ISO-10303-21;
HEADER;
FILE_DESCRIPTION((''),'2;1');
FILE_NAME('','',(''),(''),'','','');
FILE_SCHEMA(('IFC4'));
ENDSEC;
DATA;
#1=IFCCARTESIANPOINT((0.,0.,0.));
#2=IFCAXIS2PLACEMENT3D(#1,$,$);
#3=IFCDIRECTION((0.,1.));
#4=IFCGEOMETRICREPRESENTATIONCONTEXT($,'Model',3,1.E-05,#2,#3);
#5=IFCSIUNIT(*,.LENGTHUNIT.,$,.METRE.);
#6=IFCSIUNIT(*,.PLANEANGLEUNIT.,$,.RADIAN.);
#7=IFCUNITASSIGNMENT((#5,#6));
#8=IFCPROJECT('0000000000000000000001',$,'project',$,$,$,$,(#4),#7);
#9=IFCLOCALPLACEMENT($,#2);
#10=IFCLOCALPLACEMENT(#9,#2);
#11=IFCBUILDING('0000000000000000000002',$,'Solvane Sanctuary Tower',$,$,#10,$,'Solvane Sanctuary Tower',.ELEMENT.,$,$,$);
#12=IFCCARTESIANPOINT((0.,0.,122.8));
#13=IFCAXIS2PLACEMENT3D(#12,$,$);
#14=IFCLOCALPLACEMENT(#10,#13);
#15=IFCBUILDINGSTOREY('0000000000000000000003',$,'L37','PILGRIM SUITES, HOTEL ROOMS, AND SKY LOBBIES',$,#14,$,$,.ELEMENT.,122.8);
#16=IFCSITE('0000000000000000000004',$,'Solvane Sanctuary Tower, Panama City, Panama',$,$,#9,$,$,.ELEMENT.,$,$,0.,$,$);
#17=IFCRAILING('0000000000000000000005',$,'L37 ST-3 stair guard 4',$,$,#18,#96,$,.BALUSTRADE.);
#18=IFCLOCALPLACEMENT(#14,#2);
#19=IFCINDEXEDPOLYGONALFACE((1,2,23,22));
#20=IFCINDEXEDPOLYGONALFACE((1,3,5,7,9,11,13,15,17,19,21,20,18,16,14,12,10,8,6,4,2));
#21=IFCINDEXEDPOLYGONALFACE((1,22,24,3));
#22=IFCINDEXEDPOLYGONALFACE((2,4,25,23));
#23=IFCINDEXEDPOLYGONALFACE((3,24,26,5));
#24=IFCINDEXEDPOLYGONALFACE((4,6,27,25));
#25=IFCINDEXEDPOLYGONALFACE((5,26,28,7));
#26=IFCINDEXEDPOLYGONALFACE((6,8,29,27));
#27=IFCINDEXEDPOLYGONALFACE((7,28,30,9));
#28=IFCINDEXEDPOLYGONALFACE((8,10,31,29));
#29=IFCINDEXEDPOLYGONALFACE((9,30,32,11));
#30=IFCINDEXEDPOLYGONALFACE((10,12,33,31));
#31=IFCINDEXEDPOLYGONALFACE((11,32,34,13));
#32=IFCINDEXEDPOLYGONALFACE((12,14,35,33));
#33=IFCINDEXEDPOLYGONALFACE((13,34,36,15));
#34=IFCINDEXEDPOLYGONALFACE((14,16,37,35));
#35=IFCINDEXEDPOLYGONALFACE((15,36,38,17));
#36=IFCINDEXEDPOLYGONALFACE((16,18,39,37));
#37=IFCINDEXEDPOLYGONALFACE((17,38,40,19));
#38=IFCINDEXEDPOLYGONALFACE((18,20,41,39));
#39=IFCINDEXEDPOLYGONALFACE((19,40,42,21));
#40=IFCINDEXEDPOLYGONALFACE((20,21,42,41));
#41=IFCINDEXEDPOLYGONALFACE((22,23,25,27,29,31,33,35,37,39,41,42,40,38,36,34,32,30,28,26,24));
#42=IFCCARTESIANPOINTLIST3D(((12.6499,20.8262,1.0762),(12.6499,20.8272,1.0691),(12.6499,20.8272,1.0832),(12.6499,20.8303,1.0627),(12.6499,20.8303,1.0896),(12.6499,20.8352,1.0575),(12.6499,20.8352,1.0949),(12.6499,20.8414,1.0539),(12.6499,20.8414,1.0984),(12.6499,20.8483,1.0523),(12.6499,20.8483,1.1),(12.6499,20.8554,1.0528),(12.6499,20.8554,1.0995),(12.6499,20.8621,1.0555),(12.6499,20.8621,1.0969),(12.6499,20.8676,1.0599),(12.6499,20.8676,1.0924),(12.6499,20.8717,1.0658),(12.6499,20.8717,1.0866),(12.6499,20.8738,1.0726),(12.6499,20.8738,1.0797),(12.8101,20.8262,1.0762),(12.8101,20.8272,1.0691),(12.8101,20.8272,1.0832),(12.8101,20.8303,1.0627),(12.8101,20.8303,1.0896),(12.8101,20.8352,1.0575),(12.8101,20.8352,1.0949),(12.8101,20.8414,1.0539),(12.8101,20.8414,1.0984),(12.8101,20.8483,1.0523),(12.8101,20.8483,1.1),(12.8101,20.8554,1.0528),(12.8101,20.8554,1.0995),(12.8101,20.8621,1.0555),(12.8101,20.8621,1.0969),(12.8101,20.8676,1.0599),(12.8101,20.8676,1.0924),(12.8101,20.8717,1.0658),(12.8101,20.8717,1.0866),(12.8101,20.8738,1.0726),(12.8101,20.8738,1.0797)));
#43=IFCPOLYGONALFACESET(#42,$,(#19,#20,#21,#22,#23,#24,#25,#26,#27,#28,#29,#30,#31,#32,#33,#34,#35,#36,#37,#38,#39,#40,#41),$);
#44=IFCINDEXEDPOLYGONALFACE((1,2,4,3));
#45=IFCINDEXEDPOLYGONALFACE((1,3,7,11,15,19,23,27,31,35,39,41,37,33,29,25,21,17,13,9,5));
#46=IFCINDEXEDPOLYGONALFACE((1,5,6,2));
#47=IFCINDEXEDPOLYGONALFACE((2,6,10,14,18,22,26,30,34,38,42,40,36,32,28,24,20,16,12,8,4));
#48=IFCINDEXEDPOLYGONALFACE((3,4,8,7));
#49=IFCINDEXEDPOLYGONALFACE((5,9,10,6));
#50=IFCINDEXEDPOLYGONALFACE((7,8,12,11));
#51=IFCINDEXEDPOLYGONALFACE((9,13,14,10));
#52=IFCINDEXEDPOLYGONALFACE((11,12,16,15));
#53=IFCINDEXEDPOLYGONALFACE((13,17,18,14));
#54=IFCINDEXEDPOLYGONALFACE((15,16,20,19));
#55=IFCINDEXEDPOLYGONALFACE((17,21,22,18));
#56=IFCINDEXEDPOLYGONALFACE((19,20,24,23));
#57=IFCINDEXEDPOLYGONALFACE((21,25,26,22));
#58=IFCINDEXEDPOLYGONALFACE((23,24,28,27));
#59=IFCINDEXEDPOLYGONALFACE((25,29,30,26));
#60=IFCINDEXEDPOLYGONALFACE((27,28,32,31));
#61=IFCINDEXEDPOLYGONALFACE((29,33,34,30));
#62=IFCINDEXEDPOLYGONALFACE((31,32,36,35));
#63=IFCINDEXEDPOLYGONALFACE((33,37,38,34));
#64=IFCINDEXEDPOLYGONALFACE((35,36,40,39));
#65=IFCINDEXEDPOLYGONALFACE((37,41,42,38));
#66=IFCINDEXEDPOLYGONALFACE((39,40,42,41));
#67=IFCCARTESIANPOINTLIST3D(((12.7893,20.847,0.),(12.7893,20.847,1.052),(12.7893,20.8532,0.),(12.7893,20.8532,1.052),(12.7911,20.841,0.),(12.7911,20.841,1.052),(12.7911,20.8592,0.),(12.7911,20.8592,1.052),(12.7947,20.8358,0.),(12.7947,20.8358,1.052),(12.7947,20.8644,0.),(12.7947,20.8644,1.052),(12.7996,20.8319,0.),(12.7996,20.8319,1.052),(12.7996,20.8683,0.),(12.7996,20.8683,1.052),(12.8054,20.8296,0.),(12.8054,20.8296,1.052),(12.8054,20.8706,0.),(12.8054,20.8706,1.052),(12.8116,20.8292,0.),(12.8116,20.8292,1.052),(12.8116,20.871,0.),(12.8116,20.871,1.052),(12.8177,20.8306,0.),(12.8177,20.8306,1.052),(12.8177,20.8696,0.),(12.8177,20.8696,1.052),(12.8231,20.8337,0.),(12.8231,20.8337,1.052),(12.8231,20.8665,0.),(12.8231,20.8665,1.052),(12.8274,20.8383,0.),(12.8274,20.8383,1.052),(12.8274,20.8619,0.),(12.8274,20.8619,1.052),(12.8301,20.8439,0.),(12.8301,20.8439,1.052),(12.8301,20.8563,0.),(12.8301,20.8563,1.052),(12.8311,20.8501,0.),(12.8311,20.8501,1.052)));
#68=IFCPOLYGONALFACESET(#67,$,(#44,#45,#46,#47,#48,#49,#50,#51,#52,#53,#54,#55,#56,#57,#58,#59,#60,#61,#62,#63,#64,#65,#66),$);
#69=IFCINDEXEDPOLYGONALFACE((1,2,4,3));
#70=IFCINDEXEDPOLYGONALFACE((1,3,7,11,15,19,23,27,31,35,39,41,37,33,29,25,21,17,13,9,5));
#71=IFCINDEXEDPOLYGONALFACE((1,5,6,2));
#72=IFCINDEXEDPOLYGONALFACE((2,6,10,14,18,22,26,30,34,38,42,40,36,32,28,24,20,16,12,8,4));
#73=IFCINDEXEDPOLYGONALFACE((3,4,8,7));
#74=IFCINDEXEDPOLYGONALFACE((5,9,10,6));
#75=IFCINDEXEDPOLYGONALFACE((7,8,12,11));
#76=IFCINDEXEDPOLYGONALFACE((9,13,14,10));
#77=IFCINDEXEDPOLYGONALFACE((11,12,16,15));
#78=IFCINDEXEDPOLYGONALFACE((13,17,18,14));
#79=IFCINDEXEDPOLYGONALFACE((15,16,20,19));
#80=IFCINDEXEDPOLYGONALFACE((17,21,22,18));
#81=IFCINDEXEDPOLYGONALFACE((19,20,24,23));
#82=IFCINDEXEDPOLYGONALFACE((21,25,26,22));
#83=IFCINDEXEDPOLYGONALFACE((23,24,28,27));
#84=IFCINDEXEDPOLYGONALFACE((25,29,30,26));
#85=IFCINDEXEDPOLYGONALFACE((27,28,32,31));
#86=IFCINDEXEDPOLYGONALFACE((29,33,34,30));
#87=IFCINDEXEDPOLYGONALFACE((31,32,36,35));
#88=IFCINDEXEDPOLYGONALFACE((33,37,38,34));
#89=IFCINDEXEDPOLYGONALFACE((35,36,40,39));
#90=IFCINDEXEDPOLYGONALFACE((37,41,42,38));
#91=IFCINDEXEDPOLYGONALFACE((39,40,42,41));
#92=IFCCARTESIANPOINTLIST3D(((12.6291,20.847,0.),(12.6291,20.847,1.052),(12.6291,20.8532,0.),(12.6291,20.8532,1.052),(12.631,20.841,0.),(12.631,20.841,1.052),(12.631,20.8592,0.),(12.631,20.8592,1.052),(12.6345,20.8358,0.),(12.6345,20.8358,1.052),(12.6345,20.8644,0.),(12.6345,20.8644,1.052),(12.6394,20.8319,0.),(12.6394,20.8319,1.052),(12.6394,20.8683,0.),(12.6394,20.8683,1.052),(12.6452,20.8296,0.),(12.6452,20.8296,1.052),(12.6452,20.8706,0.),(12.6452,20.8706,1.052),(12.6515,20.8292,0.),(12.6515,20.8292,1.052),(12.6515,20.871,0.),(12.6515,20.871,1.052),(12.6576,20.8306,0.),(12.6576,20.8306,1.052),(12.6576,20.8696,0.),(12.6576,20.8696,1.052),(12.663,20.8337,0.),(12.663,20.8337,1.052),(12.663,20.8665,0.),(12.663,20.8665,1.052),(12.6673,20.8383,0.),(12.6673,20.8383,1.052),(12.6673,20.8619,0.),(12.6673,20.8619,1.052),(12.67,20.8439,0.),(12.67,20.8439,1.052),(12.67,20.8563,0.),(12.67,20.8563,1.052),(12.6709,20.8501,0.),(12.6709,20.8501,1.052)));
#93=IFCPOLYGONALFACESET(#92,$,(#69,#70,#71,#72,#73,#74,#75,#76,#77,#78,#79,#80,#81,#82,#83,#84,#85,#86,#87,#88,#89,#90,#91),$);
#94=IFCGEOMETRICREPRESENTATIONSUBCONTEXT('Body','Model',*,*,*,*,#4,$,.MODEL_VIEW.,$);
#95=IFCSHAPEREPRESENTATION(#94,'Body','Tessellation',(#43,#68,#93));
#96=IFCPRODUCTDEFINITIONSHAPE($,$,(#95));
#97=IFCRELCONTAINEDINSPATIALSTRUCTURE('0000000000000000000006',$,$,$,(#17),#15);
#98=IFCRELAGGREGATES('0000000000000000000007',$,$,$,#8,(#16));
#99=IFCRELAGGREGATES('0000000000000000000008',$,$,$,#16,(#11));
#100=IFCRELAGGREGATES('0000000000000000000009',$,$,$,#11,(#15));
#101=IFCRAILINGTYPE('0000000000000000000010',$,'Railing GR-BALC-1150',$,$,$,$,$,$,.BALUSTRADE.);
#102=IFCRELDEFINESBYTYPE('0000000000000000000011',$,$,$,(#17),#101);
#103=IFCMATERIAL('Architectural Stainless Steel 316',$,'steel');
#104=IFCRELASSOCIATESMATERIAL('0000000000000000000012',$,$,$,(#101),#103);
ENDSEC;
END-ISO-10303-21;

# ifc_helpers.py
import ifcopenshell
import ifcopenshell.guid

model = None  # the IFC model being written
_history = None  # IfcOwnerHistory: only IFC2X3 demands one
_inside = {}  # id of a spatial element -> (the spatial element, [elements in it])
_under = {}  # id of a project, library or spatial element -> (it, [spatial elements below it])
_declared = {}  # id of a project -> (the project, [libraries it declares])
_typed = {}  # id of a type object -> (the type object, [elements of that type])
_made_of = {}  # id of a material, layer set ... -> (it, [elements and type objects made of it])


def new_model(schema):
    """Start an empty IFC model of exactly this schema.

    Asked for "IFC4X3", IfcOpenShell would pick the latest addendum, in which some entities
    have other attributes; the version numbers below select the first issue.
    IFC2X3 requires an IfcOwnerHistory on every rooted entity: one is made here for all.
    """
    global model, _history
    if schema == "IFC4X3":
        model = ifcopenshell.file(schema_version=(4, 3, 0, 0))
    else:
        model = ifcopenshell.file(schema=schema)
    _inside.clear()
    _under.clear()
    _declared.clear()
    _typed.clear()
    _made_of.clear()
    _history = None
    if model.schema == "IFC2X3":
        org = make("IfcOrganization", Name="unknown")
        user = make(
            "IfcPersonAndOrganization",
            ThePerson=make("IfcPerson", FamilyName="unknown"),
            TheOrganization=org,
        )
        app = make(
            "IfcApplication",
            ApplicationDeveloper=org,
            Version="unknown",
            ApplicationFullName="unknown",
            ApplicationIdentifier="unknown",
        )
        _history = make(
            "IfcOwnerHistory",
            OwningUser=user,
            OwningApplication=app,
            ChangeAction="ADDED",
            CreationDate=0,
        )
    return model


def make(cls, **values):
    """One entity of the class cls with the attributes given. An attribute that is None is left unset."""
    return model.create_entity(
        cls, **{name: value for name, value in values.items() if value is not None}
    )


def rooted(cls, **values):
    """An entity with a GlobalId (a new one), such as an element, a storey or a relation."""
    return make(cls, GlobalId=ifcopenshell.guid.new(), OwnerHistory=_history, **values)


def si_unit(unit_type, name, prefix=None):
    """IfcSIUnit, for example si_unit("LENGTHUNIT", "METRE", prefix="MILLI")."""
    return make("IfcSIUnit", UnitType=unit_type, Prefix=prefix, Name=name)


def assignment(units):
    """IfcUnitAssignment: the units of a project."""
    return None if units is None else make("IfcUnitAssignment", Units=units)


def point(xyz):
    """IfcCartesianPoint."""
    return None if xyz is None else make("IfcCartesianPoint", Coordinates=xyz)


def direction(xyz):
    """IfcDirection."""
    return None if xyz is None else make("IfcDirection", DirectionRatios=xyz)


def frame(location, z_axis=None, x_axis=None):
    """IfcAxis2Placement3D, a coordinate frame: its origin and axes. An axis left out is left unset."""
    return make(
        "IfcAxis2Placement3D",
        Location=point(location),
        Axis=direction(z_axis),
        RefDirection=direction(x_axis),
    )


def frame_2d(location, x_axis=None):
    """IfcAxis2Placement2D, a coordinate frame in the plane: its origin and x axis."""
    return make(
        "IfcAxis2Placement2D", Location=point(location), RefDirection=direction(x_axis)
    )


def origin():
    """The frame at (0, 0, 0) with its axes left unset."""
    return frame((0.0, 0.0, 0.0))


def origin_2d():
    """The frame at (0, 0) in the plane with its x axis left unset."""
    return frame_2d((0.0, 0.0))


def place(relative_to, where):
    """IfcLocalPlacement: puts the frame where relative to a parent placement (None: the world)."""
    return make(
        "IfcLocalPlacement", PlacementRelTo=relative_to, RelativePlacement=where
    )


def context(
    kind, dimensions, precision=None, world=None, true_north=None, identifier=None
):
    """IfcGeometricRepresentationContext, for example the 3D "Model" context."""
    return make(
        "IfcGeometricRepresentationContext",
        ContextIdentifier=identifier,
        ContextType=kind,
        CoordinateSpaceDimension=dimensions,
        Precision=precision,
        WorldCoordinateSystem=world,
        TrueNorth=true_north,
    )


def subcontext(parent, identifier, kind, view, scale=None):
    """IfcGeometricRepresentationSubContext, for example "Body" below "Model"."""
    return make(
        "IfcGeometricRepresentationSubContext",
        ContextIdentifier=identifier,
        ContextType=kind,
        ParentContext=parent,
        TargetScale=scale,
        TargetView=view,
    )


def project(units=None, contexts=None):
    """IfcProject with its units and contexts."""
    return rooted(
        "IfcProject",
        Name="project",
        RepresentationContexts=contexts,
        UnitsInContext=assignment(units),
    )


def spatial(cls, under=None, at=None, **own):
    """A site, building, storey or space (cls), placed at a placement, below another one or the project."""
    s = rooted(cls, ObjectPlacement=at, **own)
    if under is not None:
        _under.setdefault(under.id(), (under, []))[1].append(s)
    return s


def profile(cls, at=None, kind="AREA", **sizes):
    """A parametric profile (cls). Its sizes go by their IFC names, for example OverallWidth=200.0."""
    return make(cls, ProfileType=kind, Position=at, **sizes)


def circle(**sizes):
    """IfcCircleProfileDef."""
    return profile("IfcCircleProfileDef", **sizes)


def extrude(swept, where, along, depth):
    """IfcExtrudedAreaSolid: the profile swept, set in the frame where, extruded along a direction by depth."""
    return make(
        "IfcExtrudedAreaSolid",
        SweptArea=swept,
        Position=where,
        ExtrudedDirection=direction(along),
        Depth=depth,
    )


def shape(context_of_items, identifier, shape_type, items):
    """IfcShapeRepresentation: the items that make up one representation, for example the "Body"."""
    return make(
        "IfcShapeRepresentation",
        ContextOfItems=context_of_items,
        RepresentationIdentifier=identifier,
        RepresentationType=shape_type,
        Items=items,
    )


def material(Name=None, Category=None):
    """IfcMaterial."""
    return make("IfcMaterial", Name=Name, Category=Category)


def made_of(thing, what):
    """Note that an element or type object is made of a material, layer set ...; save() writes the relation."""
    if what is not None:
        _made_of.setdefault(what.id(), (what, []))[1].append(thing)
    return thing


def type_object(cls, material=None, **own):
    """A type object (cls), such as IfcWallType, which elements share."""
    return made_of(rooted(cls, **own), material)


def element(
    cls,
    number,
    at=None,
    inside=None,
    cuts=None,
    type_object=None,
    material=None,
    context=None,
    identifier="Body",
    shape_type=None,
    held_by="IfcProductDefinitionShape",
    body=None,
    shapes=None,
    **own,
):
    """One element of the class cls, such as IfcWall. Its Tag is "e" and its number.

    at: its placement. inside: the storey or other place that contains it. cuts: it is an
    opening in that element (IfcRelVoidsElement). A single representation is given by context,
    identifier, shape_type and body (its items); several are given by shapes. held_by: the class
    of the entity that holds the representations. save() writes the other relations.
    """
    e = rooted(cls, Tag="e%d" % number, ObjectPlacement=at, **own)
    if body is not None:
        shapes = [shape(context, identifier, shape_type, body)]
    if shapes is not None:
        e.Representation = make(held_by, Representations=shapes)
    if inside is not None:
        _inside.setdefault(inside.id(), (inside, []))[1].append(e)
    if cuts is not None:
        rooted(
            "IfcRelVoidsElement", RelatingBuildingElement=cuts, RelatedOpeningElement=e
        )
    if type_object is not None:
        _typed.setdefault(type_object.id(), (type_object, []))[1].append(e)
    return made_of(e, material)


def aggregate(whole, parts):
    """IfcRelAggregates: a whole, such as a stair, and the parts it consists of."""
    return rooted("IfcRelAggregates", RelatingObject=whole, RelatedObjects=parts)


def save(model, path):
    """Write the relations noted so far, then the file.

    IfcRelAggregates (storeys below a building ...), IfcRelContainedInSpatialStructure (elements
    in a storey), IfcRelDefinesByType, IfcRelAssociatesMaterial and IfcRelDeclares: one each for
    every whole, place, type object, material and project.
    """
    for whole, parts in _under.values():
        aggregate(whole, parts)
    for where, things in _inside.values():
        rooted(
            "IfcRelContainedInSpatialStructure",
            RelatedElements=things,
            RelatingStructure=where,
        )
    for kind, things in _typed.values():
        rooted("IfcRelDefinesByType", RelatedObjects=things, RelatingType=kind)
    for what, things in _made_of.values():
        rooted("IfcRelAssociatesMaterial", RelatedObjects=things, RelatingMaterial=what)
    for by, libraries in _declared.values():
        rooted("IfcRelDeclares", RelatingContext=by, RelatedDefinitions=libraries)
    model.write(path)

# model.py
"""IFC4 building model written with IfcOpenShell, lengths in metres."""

from ifc_helpers import new_model, si_unit, direction, frame, origin, origin_2d, place, context, subcontext, project, spatial, circle, extrude, material, type_object, element, save


model = new_model("IFC4")

# Units and contexts
model_context = context("Model", 3, precision=1e-05, world=origin(), true_north=direction((0.0, 1.0)))
body_context = subcontext(model_context, "Body", "Model", "MODEL_VIEW")
ifc_project = project(units=[si_unit("LENGTHUNIT", "METRE"), si_unit("PLANEANGLEUNIT", "RADIAN")], contexts=[model_context])

# Site, building, storey
site_placement = place(None, origin())
site = spatial("IfcSite", under=ifc_project, at=site_placement, Name="Solvane Sanctuary Tower, Panama City, Panama", CompositionType="ELEMENT", RefElevation=0.0)
building_placement = place(site_placement, origin())
building = spatial("IfcBuilding", under=site, at=building_placement, Name="Solvane Sanctuary Tower", LongName="Solvane Sanctuary Tower", CompositionType="ELEMENT")
storey_placement = place(building_placement, frame((0.0, 0.0, 122.8)))
storey = spatial("IfcBuildingStorey", under=building, at=storey_placement, Name="L37", Description="PILGRIM SUITES, HOTEL ROOMS, AND SKY LOBBIES", CompositionType="ELEMENT", Elevation=122.8)

# Shared definitions
ifc_material_1 = material(Name="Architectural Stainless Steel 316", Category="steel")

# Railing
railing_type_1 = type_object("IfcRailingType", Name="Railing GR-BALC-1150", PredefinedType="BALUSTRADE", material=ifc_material_1)
railing_1_placement = place(storey_placement, frame((12.8101, 20.8501, 0.0)))
element("IfcRailing", 1, at=railing_1_placement, inside=storey, type_object=railing_type_1, Name="L37 ST-3 stair guard 4", PredefinedType="BALUSTRADE", context=body_context, shape_type="SweptSolid", body=[
    extrude(circle(Radius=0.0239, at=origin_2d()), frame((0.0, 0.0, 1.0762), z_axis=(-1.0, 0.0, 0.0), x_axis=(0.0, -1.0, 0.0)), (0.0, 0.0, 1.0), 0.1602),
    extrude(circle(Radius=0.021, at=origin_2d()), origin(), (0.0, 0.0, 1.0), 1.052),
    extrude(circle(Radius=0.021, at=origin_2d()), frame((-0.1602, 0.0, 0.0)), (0.0, 0.0, 1.0), 1.052),
])

save(model, "model.ifc")
